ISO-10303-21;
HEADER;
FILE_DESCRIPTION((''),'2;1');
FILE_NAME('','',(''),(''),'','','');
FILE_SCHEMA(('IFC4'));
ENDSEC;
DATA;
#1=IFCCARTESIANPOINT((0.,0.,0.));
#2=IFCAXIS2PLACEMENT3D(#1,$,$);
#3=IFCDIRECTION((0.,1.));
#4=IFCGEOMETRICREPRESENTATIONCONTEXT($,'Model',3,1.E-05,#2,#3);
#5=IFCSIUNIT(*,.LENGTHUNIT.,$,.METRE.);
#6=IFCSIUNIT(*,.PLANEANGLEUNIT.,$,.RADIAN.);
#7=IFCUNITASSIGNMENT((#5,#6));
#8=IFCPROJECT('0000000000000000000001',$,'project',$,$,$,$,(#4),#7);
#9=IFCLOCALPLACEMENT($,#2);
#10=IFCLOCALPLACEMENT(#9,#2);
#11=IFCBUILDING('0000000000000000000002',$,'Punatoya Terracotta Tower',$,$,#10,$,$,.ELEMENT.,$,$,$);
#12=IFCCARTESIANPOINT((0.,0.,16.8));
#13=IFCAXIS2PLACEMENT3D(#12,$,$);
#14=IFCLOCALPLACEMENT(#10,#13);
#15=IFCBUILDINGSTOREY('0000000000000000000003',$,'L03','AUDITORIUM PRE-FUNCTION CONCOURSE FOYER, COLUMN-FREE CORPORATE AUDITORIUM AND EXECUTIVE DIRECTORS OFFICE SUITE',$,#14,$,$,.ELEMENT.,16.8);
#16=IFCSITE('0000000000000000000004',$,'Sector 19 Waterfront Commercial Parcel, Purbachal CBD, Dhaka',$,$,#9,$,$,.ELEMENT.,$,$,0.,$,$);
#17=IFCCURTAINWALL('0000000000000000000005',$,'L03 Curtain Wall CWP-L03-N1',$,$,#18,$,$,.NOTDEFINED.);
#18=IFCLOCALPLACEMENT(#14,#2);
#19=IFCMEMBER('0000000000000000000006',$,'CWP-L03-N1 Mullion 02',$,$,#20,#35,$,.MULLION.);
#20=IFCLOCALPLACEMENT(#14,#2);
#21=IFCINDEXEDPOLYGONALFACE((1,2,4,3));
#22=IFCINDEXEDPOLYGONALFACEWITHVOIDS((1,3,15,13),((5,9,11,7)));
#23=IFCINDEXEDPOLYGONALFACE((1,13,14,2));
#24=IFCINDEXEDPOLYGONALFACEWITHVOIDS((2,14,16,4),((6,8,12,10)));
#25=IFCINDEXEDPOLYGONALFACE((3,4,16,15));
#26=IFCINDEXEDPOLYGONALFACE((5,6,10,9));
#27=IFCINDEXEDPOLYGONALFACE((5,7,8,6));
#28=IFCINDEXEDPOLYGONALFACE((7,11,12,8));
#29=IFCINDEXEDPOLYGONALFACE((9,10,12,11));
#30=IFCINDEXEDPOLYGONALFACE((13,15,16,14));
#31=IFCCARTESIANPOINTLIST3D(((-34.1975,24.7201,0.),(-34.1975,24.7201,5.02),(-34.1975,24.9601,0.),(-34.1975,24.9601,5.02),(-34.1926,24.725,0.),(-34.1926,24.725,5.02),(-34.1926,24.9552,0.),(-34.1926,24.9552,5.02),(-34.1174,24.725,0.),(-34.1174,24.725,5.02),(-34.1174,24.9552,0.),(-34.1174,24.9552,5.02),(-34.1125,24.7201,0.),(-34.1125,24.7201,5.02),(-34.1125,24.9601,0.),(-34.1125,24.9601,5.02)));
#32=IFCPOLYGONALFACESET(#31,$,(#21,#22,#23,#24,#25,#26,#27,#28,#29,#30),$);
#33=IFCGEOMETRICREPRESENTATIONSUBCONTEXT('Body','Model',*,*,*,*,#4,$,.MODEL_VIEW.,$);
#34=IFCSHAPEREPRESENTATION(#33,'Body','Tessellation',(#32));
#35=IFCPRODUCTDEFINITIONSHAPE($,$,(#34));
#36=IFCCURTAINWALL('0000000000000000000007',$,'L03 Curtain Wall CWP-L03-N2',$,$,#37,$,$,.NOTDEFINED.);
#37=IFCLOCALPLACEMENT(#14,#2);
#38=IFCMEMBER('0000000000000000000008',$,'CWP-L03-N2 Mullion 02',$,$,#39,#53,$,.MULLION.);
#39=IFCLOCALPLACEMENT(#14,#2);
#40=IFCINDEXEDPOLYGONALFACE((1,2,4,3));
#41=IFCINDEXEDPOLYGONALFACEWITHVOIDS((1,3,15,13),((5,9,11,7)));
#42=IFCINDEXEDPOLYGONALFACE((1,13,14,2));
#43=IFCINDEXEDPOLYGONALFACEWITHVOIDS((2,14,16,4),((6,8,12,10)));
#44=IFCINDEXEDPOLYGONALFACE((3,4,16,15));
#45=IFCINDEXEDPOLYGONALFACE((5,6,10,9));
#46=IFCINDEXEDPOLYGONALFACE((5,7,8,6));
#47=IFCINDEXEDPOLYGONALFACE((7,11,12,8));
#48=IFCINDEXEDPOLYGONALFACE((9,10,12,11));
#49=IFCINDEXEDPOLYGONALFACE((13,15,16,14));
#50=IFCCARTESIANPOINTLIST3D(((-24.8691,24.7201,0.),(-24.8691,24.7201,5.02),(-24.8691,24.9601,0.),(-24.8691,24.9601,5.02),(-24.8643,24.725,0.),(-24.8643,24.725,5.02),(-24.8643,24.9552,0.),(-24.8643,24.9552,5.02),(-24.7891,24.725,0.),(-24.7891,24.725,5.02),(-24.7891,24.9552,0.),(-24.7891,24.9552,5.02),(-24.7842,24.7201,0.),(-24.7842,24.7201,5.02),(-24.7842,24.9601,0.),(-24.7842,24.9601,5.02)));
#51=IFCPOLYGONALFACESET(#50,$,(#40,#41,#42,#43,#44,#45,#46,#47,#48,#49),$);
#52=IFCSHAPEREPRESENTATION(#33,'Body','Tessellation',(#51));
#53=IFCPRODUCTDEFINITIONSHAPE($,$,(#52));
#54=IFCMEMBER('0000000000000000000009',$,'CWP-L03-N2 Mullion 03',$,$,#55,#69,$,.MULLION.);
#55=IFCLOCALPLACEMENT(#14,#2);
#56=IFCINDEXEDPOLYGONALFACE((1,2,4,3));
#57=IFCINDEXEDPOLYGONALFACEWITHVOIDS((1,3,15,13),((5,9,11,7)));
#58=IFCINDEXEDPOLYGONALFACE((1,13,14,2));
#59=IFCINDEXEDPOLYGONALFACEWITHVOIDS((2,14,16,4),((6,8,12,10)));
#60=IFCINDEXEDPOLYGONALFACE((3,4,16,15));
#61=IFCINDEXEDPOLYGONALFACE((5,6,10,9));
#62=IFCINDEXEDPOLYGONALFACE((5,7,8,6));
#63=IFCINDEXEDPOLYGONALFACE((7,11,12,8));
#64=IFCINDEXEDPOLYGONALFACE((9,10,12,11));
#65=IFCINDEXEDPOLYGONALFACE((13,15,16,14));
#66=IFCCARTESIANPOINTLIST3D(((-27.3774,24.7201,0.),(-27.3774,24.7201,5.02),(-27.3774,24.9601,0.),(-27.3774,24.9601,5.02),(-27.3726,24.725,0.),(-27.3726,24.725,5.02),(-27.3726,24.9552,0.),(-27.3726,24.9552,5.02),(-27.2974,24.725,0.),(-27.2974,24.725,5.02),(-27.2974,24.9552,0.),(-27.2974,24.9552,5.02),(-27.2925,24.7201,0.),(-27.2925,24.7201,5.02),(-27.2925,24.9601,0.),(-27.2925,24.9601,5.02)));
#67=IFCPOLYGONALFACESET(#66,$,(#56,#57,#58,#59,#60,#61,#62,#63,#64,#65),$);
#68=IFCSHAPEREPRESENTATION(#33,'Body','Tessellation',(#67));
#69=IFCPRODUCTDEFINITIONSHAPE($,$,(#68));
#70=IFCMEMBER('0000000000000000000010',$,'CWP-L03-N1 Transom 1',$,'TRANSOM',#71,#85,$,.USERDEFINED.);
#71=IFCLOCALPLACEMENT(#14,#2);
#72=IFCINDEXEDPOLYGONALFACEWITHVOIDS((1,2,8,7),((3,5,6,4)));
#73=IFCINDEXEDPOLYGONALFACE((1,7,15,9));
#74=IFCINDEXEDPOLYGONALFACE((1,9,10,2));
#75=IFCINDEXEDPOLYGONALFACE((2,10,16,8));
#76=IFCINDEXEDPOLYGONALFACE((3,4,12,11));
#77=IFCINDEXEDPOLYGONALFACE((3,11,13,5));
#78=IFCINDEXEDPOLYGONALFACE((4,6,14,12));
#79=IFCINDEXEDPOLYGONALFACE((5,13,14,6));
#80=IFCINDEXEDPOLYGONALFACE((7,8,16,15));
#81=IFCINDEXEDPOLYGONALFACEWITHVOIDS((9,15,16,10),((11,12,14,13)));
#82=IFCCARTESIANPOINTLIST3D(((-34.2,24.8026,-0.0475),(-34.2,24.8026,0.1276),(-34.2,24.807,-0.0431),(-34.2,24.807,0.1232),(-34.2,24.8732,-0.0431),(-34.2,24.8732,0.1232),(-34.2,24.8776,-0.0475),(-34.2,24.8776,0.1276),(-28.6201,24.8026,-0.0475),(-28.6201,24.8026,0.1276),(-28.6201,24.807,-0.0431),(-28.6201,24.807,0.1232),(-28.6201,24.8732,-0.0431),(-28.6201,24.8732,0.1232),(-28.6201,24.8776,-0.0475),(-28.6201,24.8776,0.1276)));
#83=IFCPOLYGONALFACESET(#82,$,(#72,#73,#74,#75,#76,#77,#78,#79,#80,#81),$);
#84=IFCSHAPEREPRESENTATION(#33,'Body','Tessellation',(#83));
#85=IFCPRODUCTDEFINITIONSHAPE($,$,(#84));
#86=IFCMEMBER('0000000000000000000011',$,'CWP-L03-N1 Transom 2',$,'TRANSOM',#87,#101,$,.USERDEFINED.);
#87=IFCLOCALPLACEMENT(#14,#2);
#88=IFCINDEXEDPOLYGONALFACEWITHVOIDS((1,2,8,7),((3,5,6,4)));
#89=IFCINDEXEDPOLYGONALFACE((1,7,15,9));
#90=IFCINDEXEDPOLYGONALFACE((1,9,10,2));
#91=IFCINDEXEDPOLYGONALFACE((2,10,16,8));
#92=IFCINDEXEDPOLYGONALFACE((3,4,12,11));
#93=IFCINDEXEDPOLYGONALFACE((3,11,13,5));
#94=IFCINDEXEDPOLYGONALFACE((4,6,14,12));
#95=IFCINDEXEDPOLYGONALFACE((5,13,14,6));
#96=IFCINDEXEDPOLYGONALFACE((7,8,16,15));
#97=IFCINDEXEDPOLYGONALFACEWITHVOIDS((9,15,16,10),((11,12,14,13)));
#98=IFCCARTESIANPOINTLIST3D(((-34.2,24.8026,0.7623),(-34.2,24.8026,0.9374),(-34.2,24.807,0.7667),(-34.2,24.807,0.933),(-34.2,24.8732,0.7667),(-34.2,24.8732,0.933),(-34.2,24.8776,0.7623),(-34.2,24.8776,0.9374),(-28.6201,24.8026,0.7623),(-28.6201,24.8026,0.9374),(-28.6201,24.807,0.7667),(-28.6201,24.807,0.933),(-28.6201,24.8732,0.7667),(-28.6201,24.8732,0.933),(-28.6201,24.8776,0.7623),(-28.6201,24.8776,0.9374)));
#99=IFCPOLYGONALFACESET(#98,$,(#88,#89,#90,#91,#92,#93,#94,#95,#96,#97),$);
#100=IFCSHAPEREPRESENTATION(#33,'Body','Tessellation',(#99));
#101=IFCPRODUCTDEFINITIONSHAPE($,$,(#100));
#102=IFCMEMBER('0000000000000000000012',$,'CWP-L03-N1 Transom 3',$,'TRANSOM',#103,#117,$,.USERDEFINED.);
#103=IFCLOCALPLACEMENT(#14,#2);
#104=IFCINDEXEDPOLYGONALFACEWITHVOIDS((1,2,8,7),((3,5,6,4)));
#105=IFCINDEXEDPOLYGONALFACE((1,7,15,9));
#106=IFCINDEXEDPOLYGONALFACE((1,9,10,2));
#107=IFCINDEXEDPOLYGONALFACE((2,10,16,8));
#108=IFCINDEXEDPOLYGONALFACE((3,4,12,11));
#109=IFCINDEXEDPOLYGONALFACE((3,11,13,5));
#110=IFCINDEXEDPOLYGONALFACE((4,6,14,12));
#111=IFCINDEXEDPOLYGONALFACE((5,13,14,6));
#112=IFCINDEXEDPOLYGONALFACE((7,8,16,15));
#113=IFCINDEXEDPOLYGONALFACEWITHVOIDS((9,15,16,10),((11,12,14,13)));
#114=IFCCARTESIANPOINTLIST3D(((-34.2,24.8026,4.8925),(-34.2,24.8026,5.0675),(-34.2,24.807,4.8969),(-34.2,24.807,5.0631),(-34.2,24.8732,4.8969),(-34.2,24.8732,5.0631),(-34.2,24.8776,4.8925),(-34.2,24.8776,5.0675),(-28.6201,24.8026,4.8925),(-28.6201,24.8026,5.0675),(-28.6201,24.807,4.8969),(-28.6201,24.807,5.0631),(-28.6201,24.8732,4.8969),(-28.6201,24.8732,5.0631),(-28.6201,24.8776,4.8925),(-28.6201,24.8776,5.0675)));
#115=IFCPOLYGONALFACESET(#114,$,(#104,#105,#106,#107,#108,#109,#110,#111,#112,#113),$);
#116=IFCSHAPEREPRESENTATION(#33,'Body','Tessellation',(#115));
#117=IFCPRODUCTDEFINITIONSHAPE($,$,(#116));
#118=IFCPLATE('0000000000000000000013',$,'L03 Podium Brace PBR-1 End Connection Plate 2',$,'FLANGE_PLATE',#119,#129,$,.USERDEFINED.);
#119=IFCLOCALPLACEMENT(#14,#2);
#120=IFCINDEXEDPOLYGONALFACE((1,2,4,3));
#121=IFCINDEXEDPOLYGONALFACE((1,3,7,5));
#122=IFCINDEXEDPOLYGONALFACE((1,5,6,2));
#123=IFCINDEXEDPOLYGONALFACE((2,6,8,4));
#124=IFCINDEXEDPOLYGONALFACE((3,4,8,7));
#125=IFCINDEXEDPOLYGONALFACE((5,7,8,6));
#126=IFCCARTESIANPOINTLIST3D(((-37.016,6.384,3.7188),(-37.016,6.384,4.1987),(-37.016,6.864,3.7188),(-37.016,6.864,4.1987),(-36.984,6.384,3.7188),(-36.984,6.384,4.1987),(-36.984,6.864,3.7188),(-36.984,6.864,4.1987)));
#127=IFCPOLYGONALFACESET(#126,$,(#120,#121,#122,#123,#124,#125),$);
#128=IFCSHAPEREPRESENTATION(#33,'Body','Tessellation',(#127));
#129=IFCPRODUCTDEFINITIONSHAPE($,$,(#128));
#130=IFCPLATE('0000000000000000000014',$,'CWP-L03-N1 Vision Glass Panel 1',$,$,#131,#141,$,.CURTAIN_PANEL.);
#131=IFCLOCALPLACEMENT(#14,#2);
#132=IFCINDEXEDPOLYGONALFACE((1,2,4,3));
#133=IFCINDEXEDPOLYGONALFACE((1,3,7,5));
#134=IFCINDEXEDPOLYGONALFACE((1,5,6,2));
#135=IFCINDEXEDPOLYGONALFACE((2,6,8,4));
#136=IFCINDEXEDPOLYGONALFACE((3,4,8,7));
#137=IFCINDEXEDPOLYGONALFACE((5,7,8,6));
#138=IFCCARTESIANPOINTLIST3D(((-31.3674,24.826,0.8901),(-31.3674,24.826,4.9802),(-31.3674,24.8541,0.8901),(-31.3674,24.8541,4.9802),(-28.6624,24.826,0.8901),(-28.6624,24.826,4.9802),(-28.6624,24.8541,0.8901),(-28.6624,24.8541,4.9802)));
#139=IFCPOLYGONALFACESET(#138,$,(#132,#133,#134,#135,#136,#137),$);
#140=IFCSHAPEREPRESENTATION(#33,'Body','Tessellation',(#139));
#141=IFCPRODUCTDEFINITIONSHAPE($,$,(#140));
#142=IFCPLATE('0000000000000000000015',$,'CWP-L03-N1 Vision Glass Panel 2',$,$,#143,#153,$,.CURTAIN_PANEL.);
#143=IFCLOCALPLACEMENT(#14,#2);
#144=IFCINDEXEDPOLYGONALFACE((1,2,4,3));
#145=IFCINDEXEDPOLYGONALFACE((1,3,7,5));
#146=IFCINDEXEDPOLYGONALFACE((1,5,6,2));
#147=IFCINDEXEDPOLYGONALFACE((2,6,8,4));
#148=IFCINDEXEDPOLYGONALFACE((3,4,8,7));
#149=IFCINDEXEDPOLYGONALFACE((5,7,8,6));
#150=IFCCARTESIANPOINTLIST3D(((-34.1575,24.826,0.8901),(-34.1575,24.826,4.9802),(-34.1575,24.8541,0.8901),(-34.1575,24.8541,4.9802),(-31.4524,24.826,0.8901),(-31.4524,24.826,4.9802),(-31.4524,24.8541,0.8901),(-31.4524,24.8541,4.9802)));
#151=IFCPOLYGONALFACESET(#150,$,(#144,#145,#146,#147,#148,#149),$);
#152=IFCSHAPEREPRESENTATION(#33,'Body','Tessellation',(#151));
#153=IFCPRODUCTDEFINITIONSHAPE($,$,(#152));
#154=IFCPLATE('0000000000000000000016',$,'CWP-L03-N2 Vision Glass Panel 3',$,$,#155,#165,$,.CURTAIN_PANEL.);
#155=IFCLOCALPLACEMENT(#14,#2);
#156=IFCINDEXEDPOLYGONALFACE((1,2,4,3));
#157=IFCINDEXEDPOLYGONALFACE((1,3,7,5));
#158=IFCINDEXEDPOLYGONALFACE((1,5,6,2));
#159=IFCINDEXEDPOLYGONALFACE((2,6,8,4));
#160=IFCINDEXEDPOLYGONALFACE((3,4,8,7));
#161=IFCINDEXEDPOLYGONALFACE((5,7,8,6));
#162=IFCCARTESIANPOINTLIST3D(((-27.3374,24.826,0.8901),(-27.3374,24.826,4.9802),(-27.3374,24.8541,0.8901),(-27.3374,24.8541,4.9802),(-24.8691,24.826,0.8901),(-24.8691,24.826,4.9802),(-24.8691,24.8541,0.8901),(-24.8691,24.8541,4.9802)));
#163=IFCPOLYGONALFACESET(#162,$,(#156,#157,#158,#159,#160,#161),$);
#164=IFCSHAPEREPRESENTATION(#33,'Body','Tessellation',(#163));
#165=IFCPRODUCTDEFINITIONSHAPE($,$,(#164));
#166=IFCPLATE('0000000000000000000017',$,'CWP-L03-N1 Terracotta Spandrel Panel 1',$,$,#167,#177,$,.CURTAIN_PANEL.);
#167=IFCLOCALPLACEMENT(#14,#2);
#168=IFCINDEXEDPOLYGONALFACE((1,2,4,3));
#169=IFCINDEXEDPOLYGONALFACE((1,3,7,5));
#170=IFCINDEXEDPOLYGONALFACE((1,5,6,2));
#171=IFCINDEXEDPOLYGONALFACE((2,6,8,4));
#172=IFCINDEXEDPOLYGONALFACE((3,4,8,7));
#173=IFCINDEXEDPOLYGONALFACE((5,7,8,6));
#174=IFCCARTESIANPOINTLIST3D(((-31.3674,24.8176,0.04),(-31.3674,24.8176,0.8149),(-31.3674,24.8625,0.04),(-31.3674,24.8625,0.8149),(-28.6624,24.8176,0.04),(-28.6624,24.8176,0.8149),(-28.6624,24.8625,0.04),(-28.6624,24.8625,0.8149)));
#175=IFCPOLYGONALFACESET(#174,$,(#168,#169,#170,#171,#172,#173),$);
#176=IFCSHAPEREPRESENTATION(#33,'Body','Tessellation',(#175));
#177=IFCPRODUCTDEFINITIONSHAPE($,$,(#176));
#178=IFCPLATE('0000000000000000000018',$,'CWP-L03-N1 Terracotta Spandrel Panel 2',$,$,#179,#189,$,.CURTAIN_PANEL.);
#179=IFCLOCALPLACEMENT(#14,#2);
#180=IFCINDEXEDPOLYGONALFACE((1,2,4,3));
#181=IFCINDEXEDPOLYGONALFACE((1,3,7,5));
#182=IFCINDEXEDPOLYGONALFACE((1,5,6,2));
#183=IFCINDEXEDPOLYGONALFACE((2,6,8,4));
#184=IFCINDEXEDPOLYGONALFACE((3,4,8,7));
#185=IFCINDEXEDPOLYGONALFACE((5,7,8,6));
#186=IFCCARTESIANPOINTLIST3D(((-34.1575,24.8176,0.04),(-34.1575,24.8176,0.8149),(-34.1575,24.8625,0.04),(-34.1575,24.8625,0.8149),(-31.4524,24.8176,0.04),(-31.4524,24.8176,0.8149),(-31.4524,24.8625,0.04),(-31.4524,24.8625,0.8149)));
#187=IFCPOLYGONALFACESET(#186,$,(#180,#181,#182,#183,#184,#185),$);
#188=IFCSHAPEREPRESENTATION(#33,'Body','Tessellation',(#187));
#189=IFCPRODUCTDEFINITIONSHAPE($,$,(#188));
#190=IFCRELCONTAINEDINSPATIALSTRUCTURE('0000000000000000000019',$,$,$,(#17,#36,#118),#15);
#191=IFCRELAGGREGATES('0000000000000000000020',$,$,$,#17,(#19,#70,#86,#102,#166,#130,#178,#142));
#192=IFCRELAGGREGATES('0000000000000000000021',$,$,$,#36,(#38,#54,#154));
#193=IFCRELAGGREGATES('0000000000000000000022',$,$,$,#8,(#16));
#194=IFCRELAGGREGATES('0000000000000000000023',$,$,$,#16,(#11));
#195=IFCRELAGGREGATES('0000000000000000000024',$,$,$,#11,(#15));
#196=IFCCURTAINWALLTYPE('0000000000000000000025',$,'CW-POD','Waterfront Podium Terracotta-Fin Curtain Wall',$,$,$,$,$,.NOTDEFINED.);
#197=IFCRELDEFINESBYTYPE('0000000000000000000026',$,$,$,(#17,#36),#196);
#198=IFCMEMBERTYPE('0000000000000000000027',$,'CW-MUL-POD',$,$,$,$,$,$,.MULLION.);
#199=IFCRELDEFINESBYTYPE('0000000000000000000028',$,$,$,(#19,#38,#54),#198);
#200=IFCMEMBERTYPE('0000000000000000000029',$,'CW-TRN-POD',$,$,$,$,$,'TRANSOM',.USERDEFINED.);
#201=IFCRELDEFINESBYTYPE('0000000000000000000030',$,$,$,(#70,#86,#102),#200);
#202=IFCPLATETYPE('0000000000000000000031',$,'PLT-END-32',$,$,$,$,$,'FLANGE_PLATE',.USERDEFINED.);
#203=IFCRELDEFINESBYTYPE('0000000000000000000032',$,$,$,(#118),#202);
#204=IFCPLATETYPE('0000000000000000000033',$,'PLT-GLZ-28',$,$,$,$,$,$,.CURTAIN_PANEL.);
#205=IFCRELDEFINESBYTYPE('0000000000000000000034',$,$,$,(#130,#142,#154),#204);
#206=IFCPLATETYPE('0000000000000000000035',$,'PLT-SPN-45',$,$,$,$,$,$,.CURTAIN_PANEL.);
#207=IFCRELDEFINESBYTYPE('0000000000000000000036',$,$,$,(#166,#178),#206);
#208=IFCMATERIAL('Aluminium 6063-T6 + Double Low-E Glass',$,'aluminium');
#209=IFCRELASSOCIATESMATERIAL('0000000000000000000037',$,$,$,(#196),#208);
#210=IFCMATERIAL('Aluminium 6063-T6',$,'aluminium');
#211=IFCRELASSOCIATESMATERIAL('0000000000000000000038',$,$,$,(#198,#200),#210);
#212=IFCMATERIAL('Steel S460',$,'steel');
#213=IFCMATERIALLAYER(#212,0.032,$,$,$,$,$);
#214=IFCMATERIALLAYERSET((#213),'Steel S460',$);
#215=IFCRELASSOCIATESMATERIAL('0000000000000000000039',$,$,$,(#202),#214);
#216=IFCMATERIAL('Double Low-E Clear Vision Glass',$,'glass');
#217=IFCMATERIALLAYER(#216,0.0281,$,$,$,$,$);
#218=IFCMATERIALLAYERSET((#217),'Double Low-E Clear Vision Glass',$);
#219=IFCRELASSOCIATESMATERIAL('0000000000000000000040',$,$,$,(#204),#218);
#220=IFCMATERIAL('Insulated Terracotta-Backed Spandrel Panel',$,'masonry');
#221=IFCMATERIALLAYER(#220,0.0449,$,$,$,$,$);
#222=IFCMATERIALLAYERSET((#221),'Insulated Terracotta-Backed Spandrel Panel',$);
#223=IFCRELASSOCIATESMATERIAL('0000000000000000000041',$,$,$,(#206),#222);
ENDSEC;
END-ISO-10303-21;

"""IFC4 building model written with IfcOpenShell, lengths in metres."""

from ifc_helpers import new_model, si_unit, direction, frame, origin, origin_2d, place, context, subcontext, project, spatial, rectangle, hollow_rectangle, extrude, material, layer, layer_set, material_profile, profile_set, type_object, element, aggregate, save


model = new_model("IFC4")

# Units and contexts
model_context = context("Model", 3, precision=1e-05, world=origin(), true_north=direction((0.0, 1.0)))
body_context = subcontext(model_context, "Body", "Model", "MODEL_VIEW")
ifc_project = project(units=[si_unit("LENGTHUNIT", "METRE"), si_unit("PLANEANGLEUNIT", "RADIAN")], contexts=[model_context])

# Site, building, storey
site_placement = place(None, origin())
site = spatial("IfcSite", under=ifc_project, at=site_placement, Name="Sector 19 Waterfront Commercial Parcel, Purbachal CBD, Dhaka", CompositionType="ELEMENT", RefElevation=0.0)
building_placement = place(site_placement, origin())
building = spatial("IfcBuilding", under=site, at=building_placement, Name="Punatoya Terracotta Tower", CompositionType="ELEMENT")
storey_placement = place(building_placement, frame((0.0, 0.0, 16.8)))
storey = spatial("IfcBuildingStorey", under=building, at=storey_placement, Name="L03", Description="AUDITORIUM PRE-FUNCTION CONCOURSE FOYER, COLUMN-FREE CORPORATE AUDITORIUM AND EXECUTIVE DIRECTORS OFFICE SUITE", CompositionType="ELEMENT", Elevation=16.8)

# Shared definitions
ifc_material_1 = material(Name="Steel S460", Category="steel")

# Curtain walls, members
ifc_material_2 = material(Name="Aluminium 6063-T6 + Double Low-E Glass", Category="aluminium")
curtain_wall_type = type_object("IfcCurtainWallType", Name="CW-POD", Description="Waterfront Podium Terracotta-Fin Curtain Wall", PredefinedType="NOTDEFINED", material=ifc_material_2)
curtain_wall_1_placement = place(storey_placement, origin())
curtain_wall_1 = element("IfcCurtainWall", 1, at=curtain_wall_1_placement, inside=storey, type_object=curtain_wall_type, Name="L03 Curtain Wall CWP-L03-N1", PredefinedType="NOTDEFINED")
ifc_material_3 = material(Name="Aluminium 6063-T6", Category="aluminium")
ifc_material_profile_1 = material_profile(ifc_material_3, hollow_rectangle(XDim=0.085, YDim=0.24, WallThickness=0.0049, at=origin_2d()))
ifc_profile_set_1 = profile_set([ifc_material_profile_1], Name="Aluminium 6063-T6")
member_type_1 = type_object("IfcMemberType", Name="CW-MUL-POD", PredefinedType="MULLION", material=ifc_profile_set_1)
member_1_placement = place(storey_placement, frame((-34.155, 24.8401, 0.0), z_axis=(0.0, 0.0, 1.0), x_axis=(1.0, 0.0, 0.0)))
member_1 = element("IfcMember", 2, at=member_1_placement, type_object=member_type_1, Name="CWP-L03-N1 Mullion 02", PredefinedType="MULLION", context=body_context, shape_type="SweptSolid", body=[
    extrude(hollow_rectangle(XDim=0.085, YDim=0.24, WallThickness=0.0049, at=origin_2d()), origin(), (0.0, 0.0, 1.0), 5.02),
])
curtain_wall_2_placement = place(storey_placement, origin())
curtain_wall_2 = element("IfcCurtainWall", 3, at=curtain_wall_2_placement, inside=storey, type_object=curtain_wall_type, Name="L03 Curtain Wall CWP-L03-N2", PredefinedType="NOTDEFINED")
member_2_placement = place(storey_placement, frame((-24.8267, 24.8401, 0.0), z_axis=(0.0, 0.0, 1.0), x_axis=(1.0, 0.0, 0.0)))
member_2 = element("IfcMember", 4, at=member_2_placement, type_object=member_type_1, Name="CWP-L03-N2 Mullion 02", PredefinedType="MULLION", context=body_context, shape_type="SweptSolid", body=[
    extrude(hollow_rectangle(XDim=0.085, YDim=0.24, WallThickness=0.0049, at=origin_2d()), origin(), (0.0, 0.0, 1.0), 5.02),
])
member_3_placement = place(storey_placement, frame((-27.335, 24.8401, 0.0), z_axis=(0.0, 0.0, 1.0), x_axis=(1.0, 0.0, 0.0)))
member_3 = element("IfcMember", 5, at=member_3_placement, type_object=member_type_1, Name="CWP-L03-N2 Mullion 03", PredefinedType="MULLION", context=body_context, shape_type="SweptSolid", body=[
    extrude(hollow_rectangle(XDim=0.085, YDim=0.24, WallThickness=0.0049, at=origin_2d()), origin(), (0.0, 0.0, 1.0), 5.02),
])

# Members
ifc_material_profile_2 = material_profile(ifc_material_3, hollow_rectangle(XDim=0.075, YDim=0.175, WallThickness=0.0044, at=origin_2d()))
ifc_profile_set_2 = profile_set([ifc_material_profile_2], Name="Aluminium 6063-T6")
member_type_2 = type_object("IfcMemberType", Name="CW-TRN-POD", ElementType="TRANSOM", PredefinedType="USERDEFINED", material=ifc_profile_set_2)
member_4_placement = place(storey_placement, frame((-28.6201, 24.8401, 0.04), z_axis=(-1.0, 0.0, 0.0), x_axis=(0.0, -1.0, 0.0)))
member_4 = element("IfcMember", 6, at=member_4_placement, type_object=member_type_2, Name="CWP-L03-N1 Transom 1", ObjectType="TRANSOM", PredefinedType="USERDEFINED", context=body_context, shape_type="SweptSolid", body=[
    extrude(hollow_rectangle(XDim=0.075, YDim=0.175, WallThickness=0.0044, at=origin_2d()), origin(), (0.0, 0.0, 1.0), 5.5798),
])
member_5_placement = place(storey_placement, frame((-28.6201, 24.8401, 0.8499), z_axis=(-1.0, 0.0, 0.0), x_axis=(0.0, -1.0, 0.0)))
member_5 = element("IfcMember", 7, at=member_5_placement, type_object=member_type_2, Name="CWP-L03-N1 Transom 2", ObjectType="TRANSOM", PredefinedType="USERDEFINED", context=body_context, shape_type="SweptSolid", body=[
    extrude(hollow_rectangle(XDim=0.075, YDim=0.175, WallThickness=0.0044, at=origin_2d()), origin(), (0.0, 0.0, 1.0), 5.5798),
])
member_6_placement = place(storey_placement, frame((-28.6201, 24.8401, 4.98), z_axis=(-1.0, 0.0, 0.0), x_axis=(0.0, -1.0, 0.0)))
member_6 = element("IfcMember", 8, at=member_6_placement, type_object=member_type_2, Name="CWP-L03-N1 Transom 3", ObjectType="TRANSOM", PredefinedType="USERDEFINED", context=body_context, shape_type="SweptSolid", body=[
    extrude(hollow_rectangle(XDim=0.075, YDim=0.175, WallThickness=0.0044, at=origin_2d()), origin(), (0.0, 0.0, 1.0), 5.5798),
])

# Plates
ifc_layer_1 = layer(ifc_material_1, 0.032)
ifc_layer_set_1 = layer_set([ifc_layer_1], Name="Steel S460")
plate_type_1 = type_object("IfcPlateType", Name="PLT-END-32", ElementType="FLANGE_PLATE", PredefinedType="USERDEFINED", material=ifc_layer_set_1)
plate_1_placement = place(storey_placement, frame((-37.0, 6.624, 3.7188), z_axis=(0.0, 0.0, 1.0), x_axis=(1.0, 0.0, 0.0)))
element("IfcPlate", 9, at=plate_1_placement, inside=storey, type_object=plate_type_1, Name="L03 Podium Brace PBR-1 End Connection Plate 2", ObjectType="FLANGE_PLATE", PredefinedType="USERDEFINED", context=body_context, shape_type="SweptSolid", body=[
    extrude(rectangle(XDim=0.032, YDim=0.48, at=origin_2d()), origin(), (0.0, 0.0, 1.0), 0.48),
])
ifc_material_4 = material(Name="Double Low-E Clear Vision Glass", Category="glass")
ifc_layer_2 = layer(ifc_material_4, 0.0281)
ifc_layer_set_2 = layer_set([ifc_layer_2], Name="Double Low-E Clear Vision Glass")
plate_type_2 = type_object("IfcPlateType", Name="PLT-GLZ-28", PredefinedType="CURTAIN_PANEL", material=ifc_layer_set_2)
plate_2_placement = place(storey_placement, frame((-30.0149, 24.8401, 0.8901), z_axis=(0.0, 0.0, 1.0), x_axis=(-1.0, 0.0, 0.0)))
plate_2 = element("IfcPlate", 10, at=plate_2_placement, type_object=plate_type_2, Name="CWP-L03-N1 Vision Glass Panel 1", PredefinedType="CURTAIN_PANEL", context=body_context, shape_type="SweptSolid", body=[
    extrude(rectangle(XDim=2.7051, YDim=0.0281, at=origin_2d()), origin(), (0.0, 0.0, 1.0), 4.0901),
])
plate_3_placement = place(storey_placement, frame((-32.8049, 24.8401, 0.8901), z_axis=(0.0, 0.0, 1.0), x_axis=(-1.0, 0.0, 0.0)))
plate_3 = element("IfcPlate", 11, at=plate_3_placement, type_object=plate_type_2, Name="CWP-L03-N1 Vision Glass Panel 2", PredefinedType="CURTAIN_PANEL", context=body_context, shape_type="SweptSolid", body=[
    extrude(rectangle(XDim=2.7051, YDim=0.0281, at=origin_2d()), origin(), (0.0, 0.0, 1.0), 4.0901),
])
plate_4_placement = place(storey_placement, frame((-26.1033, 24.8401, 0.8901), z_axis=(0.0, 0.0, 1.0), x_axis=(-1.0, 0.0, 0.0)))
plate_4 = element("IfcPlate", 12, at=plate_4_placement, type_object=plate_type_2, Name="CWP-L03-N2 Vision Glass Panel 3", PredefinedType="CURTAIN_PANEL", context=body_context, shape_type="SweptSolid", body=[
    extrude(rectangle(XDim=2.4683, YDim=0.0281, at=origin_2d()), origin(), (0.0, 0.0, 1.0), 4.0901),
])
ifc_material_5 = material(Name="Insulated Terracotta-Backed Spandrel Panel", Category="masonry")
ifc_layer_3 = layer(ifc_material_5, 0.0449)
ifc_layer_set_3 = layer_set([ifc_layer_3], Name="Insulated Terracotta-Backed Spandrel Panel")
plate_type_3 = type_object("IfcPlateType", Name="PLT-SPN-45", PredefinedType="CURTAIN_PANEL", material=ifc_layer_set_3)
plate_5_placement = place(storey_placement, frame((-30.0149, 24.8401, 0.04), z_axis=(0.0, 0.0, 1.0), x_axis=(-1.0, 0.0, 0.0)))
plate_5 = element("IfcPlate", 13, at=plate_5_placement, type_object=plate_type_3, Name="CWP-L03-N1 Terracotta Spandrel Panel 1", PredefinedType="CURTAIN_PANEL", context=body_context, shape_type="SweptSolid", body=[
    extrude(rectangle(XDim=2.7051, YDim=0.0449, at=origin_2d()), origin(), (0.0, 0.0, 1.0), 0.7749),
])
plate_6_placement = place(storey_placement, frame((-32.8049, 24.8401, 0.04), z_axis=(0.0, 0.0, 1.0), x_axis=(-1.0, 0.0, 0.0)))
plate_6 = element("IfcPlate", 14, at=plate_6_placement, type_object=plate_type_3, Name="CWP-L03-N1 Terracotta Spandrel Panel 2", PredefinedType="CURTAIN_PANEL", context=body_context, shape_type="SweptSolid", body=[
    extrude(rectangle(XDim=2.7051, YDim=0.0449, at=origin_2d()), origin(), (0.0, 0.0, 1.0), 0.7749),
])
aggregate(curtain_wall_1, [member_1, member_4, member_5, member_6, plate_5, plate_2, plate_6, plate_3])
aggregate(curtain_wall_2, [member_2, member_3, plate_4])

save(model, "model.ifc")
